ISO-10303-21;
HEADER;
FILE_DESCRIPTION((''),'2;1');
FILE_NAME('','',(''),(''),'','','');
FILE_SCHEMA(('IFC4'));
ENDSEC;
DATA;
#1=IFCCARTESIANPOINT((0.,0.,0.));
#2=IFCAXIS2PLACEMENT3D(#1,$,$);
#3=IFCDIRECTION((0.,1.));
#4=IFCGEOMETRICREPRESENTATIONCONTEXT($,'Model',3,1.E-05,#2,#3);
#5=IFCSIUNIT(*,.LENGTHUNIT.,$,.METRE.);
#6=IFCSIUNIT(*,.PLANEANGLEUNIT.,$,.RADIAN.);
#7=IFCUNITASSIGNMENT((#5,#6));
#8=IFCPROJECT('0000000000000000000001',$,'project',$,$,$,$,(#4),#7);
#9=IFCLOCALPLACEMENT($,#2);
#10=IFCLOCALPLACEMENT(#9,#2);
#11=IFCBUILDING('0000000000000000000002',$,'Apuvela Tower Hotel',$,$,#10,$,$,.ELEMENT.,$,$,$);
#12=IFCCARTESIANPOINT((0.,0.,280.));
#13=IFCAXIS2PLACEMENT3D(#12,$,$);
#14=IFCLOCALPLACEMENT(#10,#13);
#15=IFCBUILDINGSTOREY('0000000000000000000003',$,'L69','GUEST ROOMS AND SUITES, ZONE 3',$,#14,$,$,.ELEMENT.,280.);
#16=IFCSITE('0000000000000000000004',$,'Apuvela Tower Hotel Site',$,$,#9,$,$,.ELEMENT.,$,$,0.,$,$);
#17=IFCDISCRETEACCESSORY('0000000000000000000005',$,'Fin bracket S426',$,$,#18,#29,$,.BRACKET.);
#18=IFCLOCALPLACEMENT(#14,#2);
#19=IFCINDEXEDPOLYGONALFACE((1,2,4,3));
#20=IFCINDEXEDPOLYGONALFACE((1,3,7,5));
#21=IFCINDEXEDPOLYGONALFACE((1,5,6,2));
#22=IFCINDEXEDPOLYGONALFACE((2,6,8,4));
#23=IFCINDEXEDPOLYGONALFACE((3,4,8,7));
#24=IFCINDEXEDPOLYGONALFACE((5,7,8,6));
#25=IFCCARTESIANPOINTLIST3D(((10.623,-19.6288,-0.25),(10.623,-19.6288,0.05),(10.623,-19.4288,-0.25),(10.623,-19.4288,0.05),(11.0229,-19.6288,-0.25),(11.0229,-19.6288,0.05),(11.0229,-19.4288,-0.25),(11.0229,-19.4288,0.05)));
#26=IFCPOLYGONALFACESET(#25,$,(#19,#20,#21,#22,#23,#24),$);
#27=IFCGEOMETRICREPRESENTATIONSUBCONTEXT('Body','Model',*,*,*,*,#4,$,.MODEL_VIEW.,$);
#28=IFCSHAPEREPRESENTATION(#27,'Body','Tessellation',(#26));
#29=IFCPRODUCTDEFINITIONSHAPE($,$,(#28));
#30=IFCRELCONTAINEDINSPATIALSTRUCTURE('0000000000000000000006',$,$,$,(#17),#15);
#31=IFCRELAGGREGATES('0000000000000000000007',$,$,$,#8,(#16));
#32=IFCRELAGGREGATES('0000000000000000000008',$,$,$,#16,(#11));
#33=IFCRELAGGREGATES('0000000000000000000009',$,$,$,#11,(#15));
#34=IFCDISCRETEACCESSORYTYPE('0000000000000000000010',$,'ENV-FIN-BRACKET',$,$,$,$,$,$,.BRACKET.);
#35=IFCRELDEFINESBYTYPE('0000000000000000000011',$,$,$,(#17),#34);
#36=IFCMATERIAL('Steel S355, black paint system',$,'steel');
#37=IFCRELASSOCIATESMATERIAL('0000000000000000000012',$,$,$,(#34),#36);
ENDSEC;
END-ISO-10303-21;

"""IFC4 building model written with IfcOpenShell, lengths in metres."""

from ifc_helpers import new_model, si_unit, direction, frame, origin, origin_2d, place, context, subcontext, project, spatial, rectangle, extrude, material, type_object, element, save


model = new_model("IFC4")

# Units and contexts
model_context = context("Model", 3, precision=1e-05, world=origin(), true_north=direction((0.0, 1.0)))
body_context = subcontext(model_context, "Body", "Model", "MODEL_VIEW")
ifc_project = project(units=[si_unit("LENGTHUNIT", "METRE"), si_unit("PLANEANGLEUNIT", "RADIAN")], contexts=[model_context])

# Site, building, storey
site_placement = place(None, origin())
site = spatial("IfcSite", under=ifc_project, at=site_placement, Name="Apuvela Tower Hotel Site", CompositionType="ELEMENT", RefElevation=0.0)
building_placement = place(site_placement, origin())
building = spatial("IfcBuilding", under=site, at=building_placement, Name="Apuvela Tower Hotel", CompositionType="ELEMENT")
storey_placement = place(building_placement, frame((0.0, 0.0, 280.0)))
storey = spatial("IfcBuildingStorey", under=building, at=storey_placement, Name="L69", Description="GUEST ROOMS AND SUITES, ZONE 3", CompositionType="ELEMENT", Elevation=280.0)

# Discrete accessory
ifc_material_1 = material(Name="Steel S355, black paint system", Category="steel")
discrete_accessory_type = type_object("IfcDiscreteAccessoryType", Name="ENV-FIN-BRACKET", PredefinedType="BRACKET", material=ifc_material_1)
for number, where, z_axis, x_axis, name in (
    (1, (10.823, -19.5288, -0.25), (0.0, 0.0, 1.0), (1.0, 0.0, 0.0), "Fin bracket S426"),
):
    element("IfcDiscreteAccessory", number, at=place(storey_placement, frame(where, z_axis=z_axis, x_axis=x_axis)), inside=storey, type_object=discrete_accessory_type, Name=name, PredefinedType="BRACKET", context=body_context, shape_type="SweptSolid", body=[
        extrude(rectangle(XDim=0.3999, YDim=0.2, at=origin_2d()), origin(), (0.0, 0.0, 1.0), 0.3),
    ])

save(model, "model.ifc")
